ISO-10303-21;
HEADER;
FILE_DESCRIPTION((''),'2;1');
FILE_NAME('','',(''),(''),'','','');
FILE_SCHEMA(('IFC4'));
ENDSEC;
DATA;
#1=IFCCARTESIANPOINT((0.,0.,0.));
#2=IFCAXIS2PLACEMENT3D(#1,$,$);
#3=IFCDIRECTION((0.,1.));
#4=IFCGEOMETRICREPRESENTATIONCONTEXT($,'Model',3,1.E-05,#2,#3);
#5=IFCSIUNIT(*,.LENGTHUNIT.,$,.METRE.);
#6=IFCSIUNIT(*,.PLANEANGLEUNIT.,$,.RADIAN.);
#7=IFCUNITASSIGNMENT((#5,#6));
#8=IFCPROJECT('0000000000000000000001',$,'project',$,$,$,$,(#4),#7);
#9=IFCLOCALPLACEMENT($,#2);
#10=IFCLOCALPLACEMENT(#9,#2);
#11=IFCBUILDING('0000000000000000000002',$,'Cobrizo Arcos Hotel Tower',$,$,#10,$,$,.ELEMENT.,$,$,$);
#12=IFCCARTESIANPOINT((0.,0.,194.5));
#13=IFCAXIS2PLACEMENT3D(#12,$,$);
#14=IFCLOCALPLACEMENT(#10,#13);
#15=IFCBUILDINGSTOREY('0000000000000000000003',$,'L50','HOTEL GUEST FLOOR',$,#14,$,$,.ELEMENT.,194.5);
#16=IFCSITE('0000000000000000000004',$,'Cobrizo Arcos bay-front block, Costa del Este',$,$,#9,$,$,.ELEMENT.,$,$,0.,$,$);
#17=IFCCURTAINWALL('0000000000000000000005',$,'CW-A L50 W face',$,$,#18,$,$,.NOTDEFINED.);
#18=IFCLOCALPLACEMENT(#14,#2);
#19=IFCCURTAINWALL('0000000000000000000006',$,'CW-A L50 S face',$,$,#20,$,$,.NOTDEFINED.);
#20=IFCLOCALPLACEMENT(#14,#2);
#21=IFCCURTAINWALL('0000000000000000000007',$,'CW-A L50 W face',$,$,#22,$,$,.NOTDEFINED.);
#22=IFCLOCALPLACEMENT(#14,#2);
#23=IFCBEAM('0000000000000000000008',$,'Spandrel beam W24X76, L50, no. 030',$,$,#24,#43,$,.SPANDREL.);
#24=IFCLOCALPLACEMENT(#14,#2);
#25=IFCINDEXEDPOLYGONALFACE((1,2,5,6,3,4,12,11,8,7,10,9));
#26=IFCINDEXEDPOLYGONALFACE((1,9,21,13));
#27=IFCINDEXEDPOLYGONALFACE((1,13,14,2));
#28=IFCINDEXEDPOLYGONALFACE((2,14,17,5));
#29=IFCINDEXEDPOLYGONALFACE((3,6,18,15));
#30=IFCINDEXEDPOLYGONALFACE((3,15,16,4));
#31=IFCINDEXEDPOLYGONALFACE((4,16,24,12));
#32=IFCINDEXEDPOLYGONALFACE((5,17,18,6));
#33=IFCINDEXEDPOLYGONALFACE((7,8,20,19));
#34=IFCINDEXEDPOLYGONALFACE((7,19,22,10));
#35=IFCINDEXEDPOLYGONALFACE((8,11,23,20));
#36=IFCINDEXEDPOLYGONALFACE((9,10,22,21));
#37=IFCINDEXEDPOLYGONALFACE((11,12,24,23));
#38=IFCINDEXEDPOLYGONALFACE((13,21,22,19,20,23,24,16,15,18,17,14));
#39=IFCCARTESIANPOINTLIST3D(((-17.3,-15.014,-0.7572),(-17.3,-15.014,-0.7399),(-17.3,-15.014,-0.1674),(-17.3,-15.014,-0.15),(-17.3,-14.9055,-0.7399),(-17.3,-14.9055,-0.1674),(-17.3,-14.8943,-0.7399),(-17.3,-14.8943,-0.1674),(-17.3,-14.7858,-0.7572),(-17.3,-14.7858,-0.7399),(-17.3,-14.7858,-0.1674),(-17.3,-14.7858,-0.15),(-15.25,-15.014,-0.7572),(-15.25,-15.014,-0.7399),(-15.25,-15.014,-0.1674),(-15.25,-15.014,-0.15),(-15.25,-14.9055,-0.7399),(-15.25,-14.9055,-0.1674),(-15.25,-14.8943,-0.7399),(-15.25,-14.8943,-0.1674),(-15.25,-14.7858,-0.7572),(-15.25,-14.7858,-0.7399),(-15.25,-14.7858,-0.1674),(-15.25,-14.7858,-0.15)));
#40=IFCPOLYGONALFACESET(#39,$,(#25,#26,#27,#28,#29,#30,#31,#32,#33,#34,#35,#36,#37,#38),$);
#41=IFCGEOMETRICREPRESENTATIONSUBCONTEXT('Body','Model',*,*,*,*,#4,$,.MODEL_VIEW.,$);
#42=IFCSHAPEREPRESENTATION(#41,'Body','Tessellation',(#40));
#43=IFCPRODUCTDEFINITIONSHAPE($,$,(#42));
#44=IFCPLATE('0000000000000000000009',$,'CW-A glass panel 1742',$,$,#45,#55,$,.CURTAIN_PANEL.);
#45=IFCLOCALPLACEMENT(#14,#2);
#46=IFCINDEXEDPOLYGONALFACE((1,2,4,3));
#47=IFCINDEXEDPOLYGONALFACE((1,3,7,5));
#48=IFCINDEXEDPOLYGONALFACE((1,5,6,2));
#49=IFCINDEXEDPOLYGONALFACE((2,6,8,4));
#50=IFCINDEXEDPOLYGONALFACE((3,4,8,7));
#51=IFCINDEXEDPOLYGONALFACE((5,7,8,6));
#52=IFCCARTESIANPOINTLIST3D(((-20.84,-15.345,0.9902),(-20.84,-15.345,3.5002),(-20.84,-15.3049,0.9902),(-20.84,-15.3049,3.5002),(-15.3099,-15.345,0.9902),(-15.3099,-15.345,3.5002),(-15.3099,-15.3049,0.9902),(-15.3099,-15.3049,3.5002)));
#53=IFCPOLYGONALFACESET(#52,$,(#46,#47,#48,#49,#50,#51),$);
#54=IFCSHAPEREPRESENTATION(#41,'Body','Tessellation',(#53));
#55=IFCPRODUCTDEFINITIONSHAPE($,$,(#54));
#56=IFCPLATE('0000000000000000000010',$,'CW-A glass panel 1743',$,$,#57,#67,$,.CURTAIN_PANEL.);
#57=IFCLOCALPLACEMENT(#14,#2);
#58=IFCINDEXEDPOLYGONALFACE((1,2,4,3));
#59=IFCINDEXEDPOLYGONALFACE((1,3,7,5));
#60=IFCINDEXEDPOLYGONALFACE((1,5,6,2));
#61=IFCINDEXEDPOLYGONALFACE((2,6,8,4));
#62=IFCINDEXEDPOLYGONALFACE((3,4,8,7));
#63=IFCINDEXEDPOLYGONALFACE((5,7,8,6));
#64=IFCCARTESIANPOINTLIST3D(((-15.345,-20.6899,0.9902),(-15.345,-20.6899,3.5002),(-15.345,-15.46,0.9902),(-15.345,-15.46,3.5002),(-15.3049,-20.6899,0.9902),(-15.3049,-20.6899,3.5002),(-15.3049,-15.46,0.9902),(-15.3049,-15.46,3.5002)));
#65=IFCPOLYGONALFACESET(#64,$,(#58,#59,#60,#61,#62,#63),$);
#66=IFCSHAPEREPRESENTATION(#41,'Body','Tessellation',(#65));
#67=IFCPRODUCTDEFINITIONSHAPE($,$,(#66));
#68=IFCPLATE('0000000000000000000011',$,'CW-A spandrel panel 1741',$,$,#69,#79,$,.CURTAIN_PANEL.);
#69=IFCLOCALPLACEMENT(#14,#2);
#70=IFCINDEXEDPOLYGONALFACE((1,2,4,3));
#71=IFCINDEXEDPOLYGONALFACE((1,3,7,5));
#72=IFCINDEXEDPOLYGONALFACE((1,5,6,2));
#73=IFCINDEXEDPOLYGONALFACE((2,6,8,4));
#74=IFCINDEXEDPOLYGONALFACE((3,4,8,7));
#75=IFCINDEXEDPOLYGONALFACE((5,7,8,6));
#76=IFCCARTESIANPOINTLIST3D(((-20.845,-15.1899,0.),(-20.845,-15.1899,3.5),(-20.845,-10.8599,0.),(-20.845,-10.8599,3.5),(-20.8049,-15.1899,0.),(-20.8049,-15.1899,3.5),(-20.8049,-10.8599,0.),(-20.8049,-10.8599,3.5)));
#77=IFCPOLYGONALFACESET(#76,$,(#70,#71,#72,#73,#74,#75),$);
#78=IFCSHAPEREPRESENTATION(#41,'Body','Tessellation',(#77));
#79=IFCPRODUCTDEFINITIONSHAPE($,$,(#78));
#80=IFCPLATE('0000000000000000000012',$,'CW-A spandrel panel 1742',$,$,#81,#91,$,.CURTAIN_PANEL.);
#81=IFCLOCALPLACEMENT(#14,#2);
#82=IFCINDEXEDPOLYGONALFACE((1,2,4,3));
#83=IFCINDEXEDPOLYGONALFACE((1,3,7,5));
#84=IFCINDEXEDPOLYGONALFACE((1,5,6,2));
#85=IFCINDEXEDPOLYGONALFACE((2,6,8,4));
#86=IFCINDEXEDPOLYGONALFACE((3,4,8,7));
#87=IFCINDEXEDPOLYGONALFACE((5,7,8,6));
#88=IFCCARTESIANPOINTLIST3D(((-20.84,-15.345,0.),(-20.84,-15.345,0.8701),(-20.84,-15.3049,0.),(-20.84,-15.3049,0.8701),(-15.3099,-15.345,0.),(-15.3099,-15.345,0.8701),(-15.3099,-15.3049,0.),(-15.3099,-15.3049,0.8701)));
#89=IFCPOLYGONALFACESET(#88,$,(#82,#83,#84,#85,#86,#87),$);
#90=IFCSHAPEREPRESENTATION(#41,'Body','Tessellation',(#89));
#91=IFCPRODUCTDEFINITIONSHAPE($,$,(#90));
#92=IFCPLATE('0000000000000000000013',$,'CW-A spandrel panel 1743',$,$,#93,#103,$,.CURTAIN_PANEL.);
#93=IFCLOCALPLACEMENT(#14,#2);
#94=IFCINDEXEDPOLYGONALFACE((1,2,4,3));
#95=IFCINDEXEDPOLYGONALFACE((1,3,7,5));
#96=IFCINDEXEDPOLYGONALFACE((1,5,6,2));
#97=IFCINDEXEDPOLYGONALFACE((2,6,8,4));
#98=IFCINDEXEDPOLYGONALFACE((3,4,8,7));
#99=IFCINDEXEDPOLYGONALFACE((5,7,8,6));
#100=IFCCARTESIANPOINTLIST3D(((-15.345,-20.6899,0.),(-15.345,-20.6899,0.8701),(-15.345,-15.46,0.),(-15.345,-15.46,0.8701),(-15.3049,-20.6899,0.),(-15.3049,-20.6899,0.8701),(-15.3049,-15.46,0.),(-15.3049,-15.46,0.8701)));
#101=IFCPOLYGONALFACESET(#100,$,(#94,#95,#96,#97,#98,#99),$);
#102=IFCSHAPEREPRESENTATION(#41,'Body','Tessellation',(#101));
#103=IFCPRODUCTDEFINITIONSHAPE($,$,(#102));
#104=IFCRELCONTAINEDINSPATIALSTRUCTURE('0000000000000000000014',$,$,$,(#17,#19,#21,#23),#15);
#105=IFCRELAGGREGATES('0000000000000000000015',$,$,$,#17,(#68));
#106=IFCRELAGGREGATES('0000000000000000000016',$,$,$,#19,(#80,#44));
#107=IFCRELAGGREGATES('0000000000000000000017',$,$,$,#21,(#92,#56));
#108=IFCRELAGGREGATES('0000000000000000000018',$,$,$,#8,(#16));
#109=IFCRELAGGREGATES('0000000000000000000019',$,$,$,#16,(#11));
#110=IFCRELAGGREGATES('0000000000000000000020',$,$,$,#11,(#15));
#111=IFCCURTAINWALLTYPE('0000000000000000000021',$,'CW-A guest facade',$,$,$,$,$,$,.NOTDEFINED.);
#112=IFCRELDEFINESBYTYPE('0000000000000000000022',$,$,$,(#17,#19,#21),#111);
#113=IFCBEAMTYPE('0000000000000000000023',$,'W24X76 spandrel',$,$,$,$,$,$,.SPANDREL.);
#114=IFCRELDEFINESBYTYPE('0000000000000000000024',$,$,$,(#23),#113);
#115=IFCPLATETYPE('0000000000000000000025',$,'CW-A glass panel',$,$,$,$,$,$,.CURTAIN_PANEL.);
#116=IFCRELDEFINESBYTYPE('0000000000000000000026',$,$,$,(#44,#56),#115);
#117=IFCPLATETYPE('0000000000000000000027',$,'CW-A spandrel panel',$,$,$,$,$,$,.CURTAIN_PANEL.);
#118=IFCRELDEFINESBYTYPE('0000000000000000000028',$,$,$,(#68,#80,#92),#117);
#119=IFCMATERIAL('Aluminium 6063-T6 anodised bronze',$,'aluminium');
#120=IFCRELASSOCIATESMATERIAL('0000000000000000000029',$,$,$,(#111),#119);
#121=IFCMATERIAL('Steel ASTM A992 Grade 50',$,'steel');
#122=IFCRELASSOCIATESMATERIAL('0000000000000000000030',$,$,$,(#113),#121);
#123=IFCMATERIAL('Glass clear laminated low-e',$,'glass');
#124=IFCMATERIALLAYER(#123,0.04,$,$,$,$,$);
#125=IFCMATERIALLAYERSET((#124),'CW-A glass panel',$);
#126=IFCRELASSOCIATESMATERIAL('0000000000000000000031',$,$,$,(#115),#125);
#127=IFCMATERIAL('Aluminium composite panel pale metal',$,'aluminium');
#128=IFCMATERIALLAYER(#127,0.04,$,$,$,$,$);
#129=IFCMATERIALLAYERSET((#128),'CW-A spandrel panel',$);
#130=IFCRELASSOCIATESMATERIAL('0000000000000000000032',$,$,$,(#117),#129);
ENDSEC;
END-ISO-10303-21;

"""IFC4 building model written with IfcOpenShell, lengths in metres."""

from ifc_helpers import new_model, si_unit, direction, frame, origin, origin_2d, place, context, subcontext, project, spatial, rectangle, i_section, extrude, material, layer, layer_set, material_profile, profile_set, type_object, element, aggregate, save


model = new_model("IFC4")

# Units and contexts
model_context = context("Model", 3, precision=1e-05, world=origin(), true_north=direction((0.0, 1.0)))
body_context = subcontext(model_context, "Body", "Model", "MODEL_VIEW")
ifc_project = project(units=[si_unit("LENGTHUNIT", "METRE"), si_unit("PLANEANGLEUNIT", "RADIAN")], contexts=[model_context])

# Site, building, storey
site_placement = place(None, origin())
site = spatial("IfcSite", under=ifc_project, at=site_placement, Name="Cobrizo Arcos bay-front block, Costa del Este", CompositionType="ELEMENT", RefElevation=0.0)
building_placement = place(site_placement, origin())
building = spatial("IfcBuilding", under=site, at=building_placement, Name="Cobrizo Arcos Hotel Tower", CompositionType="ELEMENT")
storey_placement = place(building_placement, frame((0.0, 0.0, 194.5)))
storey = spatial("IfcBuildingStorey", under=building, at=storey_placement, Name="L50", Description="HOTEL GUEST FLOOR", CompositionType="ELEMENT", Elevation=194.5)

# Curtain walls
ifc_material_1 = material(Name="Aluminium 6063-T6 anodised bronze", Category="aluminium")
curtain_wall_type = type_object("IfcCurtainWallType", Name="CW-A guest facade", PredefinedType="NOTDEFINED", material=ifc_material_1)
curtain_wall_1_placement = place(storey_placement, origin())
curtain_wall_1 = element("IfcCurtainWall", 1, at=curtain_wall_1_placement, inside=storey, type_object=curtain_wall_type, Name="CW-A L50 W face", PredefinedType="NOTDEFINED")
curtain_wall_2_placement = place(storey_placement, origin())
curtain_wall_2 = element("IfcCurtainWall", 2, at=curtain_wall_2_placement, inside=storey, type_object=curtain_wall_type, Name="CW-A L50 S face", PredefinedType="NOTDEFINED")

# Curtain wall
curtain_wall_3_placement = place(storey_placement, origin())
curtain_wall_3 = element("IfcCurtainWall", 3, at=curtain_wall_3_placement, inside=storey, type_object=curtain_wall_type, Name="CW-A L50 W face", PredefinedType="NOTDEFINED")

# Beam
ifc_material_2 = material(Name="Steel ASTM A992 Grade 50", Category="steel")
ifc_material_profile_1 = material_profile(ifc_material_2, i_section(OverallWidth=0.2283, OverallDepth=0.6072, WebThickness=0.0112, FlangeThickness=0.0173, at=origin_2d()), Name="W24X76")
ifc_profile_set_1 = profile_set([ifc_material_profile_1], Name="Steel ASTM A992 Grade 50")
beam_type_1 = type_object("IfcBeamType", Name="W24X76 spandrel", PredefinedType="SPANDREL", material=ifc_profile_set_1)
for number, where, z_axis, x_axis, name in (
    (4, (-17.3, -14.8999, -0.4536), (1.0, 0.0, 0.0), (0.0, 1.0, 0.0), "Spandrel beam W24X76, L50, no. 030"),
):
    element("IfcBeam", number, at=place(storey_placement, frame(where, z_axis=z_axis, x_axis=x_axis)), inside=storey, type_object=beam_type_1, Name=name, PredefinedType="SPANDREL", context=body_context, shape_type="SweptSolid", body=[
        extrude(i_section(OverallWidth=0.2283, OverallDepth=0.6072, WebThickness=0.0112, FlangeThickness=0.0173, at=origin_2d()), origin(), (0.0, 0.0, 1.0), 2.05),
    ])

# Plates
ifc_material_3 = material(Name="Glass clear laminated low-e", Category="glass")
ifc_layer_1 = layer(ifc_material_3, 0.04)
ifc_layer_set_1 = layer_set([ifc_layer_1], Name="CW-A glass panel")
plate_type_1 = type_object("IfcPlateType", Name="CW-A glass panel", PredefinedType="CURTAIN_PANEL", material=ifc_layer_set_1)
plate_1_placement = place(storey_placement, frame((-18.075, -15.325, 0.9902), z_axis=(0.0, 0.0, 1.0), x_axis=(1.0, 0.0, 0.0)))
plate_1 = element("IfcPlate", 5, at=plate_1_placement, type_object=plate_type_1, Name="CW-A glass panel 1742", PredefinedType="CURTAIN_PANEL", context=body_context, shape_type="SweptSolid", body=[
    extrude(rectangle(XDim=5.53, YDim=0.04, at=origin_2d()), origin(), (0.0, 0.0, 1.0), 2.51),
])
plate_2_placement = place(storey_placement, frame((-15.325, -18.075, 0.9902), z_axis=(0.0, 0.0, 1.0), x_axis=(0.0, -1.0, 0.0)))
plate_2 = element("IfcPlate", 6, at=plate_2_placement, type_object=plate_type_1, Name="CW-A glass panel 1743", PredefinedType="CURTAIN_PANEL", context=body_context, shape_type="SweptSolid", body=[
    extrude(rectangle(XDim=5.23, YDim=0.04, at=origin_2d()), origin(), (0.0, 0.0, 1.0), 2.51),
])
ifc_material_4 = material(Name="Aluminium composite panel pale metal", Category="aluminium")
ifc_layer_2 = layer(ifc_material_4, 0.04)
ifc_layer_set_2 = layer_set([ifc_layer_2], Name="CW-A spandrel panel")
plate_type_2 = type_object("IfcPlateType", Name="CW-A spandrel panel", PredefinedType="CURTAIN_PANEL", material=ifc_layer_set_2)
plate_3_placement = place(storey_placement, frame((-20.825, -13.0249, 0.0), z_axis=(0.0, 0.0, 1.0), x_axis=(0.0, -1.0, 0.0)))
plate_3 = element("IfcPlate", 7, at=plate_3_placement, type_object=plate_type_2, Name="CW-A spandrel panel 1741", PredefinedType="CURTAIN_PANEL", context=body_context, shape_type="SweptSolid", body=[
    extrude(rectangle(XDim=4.3301, YDim=0.04, at=origin_2d()), origin(), (0.0, 0.0, 1.0), 3.5),
])
aggregate(curtain_wall_1, [plate_3])
plate_4_placement = place(storey_placement, frame((-18.075, -15.325, 0.0), z_axis=(0.0, 0.0, 1.0), x_axis=(1.0, 0.0, 0.0)))
plate_4 = element("IfcPlate", 8, at=plate_4_placement, type_object=plate_type_2, Name="CW-A spandrel panel 1742", PredefinedType="CURTAIN_PANEL", context=body_context, shape_type="SweptSolid", body=[
    extrude(rectangle(XDim=5.53, YDim=0.04, at=origin_2d()), origin(), (0.0, 0.0, 1.0), 0.8701),
])
aggregate(curtain_wall_2, [plate_4, plate_1])
plate_5_placement = place(storey_placement, frame((-15.325, -18.075, 0.0), z_axis=(0.0, 0.0, 1.0), x_axis=(0.0, -1.0, 0.0)))
plate_5 = element("IfcPlate", 9, at=plate_5_placement, type_object=plate_type_2, Name="CW-A spandrel panel 1743", PredefinedType="CURTAIN_PANEL", context=body_context, shape_type="SweptSolid", body=[
    extrude(rectangle(XDim=5.23, YDim=0.04, at=origin_2d()), origin(), (0.0, 0.0, 1.0), 0.8701),
])
aggregate(curtain_wall_3, [plate_5, plate_2])

save(model, "model.ifc")
